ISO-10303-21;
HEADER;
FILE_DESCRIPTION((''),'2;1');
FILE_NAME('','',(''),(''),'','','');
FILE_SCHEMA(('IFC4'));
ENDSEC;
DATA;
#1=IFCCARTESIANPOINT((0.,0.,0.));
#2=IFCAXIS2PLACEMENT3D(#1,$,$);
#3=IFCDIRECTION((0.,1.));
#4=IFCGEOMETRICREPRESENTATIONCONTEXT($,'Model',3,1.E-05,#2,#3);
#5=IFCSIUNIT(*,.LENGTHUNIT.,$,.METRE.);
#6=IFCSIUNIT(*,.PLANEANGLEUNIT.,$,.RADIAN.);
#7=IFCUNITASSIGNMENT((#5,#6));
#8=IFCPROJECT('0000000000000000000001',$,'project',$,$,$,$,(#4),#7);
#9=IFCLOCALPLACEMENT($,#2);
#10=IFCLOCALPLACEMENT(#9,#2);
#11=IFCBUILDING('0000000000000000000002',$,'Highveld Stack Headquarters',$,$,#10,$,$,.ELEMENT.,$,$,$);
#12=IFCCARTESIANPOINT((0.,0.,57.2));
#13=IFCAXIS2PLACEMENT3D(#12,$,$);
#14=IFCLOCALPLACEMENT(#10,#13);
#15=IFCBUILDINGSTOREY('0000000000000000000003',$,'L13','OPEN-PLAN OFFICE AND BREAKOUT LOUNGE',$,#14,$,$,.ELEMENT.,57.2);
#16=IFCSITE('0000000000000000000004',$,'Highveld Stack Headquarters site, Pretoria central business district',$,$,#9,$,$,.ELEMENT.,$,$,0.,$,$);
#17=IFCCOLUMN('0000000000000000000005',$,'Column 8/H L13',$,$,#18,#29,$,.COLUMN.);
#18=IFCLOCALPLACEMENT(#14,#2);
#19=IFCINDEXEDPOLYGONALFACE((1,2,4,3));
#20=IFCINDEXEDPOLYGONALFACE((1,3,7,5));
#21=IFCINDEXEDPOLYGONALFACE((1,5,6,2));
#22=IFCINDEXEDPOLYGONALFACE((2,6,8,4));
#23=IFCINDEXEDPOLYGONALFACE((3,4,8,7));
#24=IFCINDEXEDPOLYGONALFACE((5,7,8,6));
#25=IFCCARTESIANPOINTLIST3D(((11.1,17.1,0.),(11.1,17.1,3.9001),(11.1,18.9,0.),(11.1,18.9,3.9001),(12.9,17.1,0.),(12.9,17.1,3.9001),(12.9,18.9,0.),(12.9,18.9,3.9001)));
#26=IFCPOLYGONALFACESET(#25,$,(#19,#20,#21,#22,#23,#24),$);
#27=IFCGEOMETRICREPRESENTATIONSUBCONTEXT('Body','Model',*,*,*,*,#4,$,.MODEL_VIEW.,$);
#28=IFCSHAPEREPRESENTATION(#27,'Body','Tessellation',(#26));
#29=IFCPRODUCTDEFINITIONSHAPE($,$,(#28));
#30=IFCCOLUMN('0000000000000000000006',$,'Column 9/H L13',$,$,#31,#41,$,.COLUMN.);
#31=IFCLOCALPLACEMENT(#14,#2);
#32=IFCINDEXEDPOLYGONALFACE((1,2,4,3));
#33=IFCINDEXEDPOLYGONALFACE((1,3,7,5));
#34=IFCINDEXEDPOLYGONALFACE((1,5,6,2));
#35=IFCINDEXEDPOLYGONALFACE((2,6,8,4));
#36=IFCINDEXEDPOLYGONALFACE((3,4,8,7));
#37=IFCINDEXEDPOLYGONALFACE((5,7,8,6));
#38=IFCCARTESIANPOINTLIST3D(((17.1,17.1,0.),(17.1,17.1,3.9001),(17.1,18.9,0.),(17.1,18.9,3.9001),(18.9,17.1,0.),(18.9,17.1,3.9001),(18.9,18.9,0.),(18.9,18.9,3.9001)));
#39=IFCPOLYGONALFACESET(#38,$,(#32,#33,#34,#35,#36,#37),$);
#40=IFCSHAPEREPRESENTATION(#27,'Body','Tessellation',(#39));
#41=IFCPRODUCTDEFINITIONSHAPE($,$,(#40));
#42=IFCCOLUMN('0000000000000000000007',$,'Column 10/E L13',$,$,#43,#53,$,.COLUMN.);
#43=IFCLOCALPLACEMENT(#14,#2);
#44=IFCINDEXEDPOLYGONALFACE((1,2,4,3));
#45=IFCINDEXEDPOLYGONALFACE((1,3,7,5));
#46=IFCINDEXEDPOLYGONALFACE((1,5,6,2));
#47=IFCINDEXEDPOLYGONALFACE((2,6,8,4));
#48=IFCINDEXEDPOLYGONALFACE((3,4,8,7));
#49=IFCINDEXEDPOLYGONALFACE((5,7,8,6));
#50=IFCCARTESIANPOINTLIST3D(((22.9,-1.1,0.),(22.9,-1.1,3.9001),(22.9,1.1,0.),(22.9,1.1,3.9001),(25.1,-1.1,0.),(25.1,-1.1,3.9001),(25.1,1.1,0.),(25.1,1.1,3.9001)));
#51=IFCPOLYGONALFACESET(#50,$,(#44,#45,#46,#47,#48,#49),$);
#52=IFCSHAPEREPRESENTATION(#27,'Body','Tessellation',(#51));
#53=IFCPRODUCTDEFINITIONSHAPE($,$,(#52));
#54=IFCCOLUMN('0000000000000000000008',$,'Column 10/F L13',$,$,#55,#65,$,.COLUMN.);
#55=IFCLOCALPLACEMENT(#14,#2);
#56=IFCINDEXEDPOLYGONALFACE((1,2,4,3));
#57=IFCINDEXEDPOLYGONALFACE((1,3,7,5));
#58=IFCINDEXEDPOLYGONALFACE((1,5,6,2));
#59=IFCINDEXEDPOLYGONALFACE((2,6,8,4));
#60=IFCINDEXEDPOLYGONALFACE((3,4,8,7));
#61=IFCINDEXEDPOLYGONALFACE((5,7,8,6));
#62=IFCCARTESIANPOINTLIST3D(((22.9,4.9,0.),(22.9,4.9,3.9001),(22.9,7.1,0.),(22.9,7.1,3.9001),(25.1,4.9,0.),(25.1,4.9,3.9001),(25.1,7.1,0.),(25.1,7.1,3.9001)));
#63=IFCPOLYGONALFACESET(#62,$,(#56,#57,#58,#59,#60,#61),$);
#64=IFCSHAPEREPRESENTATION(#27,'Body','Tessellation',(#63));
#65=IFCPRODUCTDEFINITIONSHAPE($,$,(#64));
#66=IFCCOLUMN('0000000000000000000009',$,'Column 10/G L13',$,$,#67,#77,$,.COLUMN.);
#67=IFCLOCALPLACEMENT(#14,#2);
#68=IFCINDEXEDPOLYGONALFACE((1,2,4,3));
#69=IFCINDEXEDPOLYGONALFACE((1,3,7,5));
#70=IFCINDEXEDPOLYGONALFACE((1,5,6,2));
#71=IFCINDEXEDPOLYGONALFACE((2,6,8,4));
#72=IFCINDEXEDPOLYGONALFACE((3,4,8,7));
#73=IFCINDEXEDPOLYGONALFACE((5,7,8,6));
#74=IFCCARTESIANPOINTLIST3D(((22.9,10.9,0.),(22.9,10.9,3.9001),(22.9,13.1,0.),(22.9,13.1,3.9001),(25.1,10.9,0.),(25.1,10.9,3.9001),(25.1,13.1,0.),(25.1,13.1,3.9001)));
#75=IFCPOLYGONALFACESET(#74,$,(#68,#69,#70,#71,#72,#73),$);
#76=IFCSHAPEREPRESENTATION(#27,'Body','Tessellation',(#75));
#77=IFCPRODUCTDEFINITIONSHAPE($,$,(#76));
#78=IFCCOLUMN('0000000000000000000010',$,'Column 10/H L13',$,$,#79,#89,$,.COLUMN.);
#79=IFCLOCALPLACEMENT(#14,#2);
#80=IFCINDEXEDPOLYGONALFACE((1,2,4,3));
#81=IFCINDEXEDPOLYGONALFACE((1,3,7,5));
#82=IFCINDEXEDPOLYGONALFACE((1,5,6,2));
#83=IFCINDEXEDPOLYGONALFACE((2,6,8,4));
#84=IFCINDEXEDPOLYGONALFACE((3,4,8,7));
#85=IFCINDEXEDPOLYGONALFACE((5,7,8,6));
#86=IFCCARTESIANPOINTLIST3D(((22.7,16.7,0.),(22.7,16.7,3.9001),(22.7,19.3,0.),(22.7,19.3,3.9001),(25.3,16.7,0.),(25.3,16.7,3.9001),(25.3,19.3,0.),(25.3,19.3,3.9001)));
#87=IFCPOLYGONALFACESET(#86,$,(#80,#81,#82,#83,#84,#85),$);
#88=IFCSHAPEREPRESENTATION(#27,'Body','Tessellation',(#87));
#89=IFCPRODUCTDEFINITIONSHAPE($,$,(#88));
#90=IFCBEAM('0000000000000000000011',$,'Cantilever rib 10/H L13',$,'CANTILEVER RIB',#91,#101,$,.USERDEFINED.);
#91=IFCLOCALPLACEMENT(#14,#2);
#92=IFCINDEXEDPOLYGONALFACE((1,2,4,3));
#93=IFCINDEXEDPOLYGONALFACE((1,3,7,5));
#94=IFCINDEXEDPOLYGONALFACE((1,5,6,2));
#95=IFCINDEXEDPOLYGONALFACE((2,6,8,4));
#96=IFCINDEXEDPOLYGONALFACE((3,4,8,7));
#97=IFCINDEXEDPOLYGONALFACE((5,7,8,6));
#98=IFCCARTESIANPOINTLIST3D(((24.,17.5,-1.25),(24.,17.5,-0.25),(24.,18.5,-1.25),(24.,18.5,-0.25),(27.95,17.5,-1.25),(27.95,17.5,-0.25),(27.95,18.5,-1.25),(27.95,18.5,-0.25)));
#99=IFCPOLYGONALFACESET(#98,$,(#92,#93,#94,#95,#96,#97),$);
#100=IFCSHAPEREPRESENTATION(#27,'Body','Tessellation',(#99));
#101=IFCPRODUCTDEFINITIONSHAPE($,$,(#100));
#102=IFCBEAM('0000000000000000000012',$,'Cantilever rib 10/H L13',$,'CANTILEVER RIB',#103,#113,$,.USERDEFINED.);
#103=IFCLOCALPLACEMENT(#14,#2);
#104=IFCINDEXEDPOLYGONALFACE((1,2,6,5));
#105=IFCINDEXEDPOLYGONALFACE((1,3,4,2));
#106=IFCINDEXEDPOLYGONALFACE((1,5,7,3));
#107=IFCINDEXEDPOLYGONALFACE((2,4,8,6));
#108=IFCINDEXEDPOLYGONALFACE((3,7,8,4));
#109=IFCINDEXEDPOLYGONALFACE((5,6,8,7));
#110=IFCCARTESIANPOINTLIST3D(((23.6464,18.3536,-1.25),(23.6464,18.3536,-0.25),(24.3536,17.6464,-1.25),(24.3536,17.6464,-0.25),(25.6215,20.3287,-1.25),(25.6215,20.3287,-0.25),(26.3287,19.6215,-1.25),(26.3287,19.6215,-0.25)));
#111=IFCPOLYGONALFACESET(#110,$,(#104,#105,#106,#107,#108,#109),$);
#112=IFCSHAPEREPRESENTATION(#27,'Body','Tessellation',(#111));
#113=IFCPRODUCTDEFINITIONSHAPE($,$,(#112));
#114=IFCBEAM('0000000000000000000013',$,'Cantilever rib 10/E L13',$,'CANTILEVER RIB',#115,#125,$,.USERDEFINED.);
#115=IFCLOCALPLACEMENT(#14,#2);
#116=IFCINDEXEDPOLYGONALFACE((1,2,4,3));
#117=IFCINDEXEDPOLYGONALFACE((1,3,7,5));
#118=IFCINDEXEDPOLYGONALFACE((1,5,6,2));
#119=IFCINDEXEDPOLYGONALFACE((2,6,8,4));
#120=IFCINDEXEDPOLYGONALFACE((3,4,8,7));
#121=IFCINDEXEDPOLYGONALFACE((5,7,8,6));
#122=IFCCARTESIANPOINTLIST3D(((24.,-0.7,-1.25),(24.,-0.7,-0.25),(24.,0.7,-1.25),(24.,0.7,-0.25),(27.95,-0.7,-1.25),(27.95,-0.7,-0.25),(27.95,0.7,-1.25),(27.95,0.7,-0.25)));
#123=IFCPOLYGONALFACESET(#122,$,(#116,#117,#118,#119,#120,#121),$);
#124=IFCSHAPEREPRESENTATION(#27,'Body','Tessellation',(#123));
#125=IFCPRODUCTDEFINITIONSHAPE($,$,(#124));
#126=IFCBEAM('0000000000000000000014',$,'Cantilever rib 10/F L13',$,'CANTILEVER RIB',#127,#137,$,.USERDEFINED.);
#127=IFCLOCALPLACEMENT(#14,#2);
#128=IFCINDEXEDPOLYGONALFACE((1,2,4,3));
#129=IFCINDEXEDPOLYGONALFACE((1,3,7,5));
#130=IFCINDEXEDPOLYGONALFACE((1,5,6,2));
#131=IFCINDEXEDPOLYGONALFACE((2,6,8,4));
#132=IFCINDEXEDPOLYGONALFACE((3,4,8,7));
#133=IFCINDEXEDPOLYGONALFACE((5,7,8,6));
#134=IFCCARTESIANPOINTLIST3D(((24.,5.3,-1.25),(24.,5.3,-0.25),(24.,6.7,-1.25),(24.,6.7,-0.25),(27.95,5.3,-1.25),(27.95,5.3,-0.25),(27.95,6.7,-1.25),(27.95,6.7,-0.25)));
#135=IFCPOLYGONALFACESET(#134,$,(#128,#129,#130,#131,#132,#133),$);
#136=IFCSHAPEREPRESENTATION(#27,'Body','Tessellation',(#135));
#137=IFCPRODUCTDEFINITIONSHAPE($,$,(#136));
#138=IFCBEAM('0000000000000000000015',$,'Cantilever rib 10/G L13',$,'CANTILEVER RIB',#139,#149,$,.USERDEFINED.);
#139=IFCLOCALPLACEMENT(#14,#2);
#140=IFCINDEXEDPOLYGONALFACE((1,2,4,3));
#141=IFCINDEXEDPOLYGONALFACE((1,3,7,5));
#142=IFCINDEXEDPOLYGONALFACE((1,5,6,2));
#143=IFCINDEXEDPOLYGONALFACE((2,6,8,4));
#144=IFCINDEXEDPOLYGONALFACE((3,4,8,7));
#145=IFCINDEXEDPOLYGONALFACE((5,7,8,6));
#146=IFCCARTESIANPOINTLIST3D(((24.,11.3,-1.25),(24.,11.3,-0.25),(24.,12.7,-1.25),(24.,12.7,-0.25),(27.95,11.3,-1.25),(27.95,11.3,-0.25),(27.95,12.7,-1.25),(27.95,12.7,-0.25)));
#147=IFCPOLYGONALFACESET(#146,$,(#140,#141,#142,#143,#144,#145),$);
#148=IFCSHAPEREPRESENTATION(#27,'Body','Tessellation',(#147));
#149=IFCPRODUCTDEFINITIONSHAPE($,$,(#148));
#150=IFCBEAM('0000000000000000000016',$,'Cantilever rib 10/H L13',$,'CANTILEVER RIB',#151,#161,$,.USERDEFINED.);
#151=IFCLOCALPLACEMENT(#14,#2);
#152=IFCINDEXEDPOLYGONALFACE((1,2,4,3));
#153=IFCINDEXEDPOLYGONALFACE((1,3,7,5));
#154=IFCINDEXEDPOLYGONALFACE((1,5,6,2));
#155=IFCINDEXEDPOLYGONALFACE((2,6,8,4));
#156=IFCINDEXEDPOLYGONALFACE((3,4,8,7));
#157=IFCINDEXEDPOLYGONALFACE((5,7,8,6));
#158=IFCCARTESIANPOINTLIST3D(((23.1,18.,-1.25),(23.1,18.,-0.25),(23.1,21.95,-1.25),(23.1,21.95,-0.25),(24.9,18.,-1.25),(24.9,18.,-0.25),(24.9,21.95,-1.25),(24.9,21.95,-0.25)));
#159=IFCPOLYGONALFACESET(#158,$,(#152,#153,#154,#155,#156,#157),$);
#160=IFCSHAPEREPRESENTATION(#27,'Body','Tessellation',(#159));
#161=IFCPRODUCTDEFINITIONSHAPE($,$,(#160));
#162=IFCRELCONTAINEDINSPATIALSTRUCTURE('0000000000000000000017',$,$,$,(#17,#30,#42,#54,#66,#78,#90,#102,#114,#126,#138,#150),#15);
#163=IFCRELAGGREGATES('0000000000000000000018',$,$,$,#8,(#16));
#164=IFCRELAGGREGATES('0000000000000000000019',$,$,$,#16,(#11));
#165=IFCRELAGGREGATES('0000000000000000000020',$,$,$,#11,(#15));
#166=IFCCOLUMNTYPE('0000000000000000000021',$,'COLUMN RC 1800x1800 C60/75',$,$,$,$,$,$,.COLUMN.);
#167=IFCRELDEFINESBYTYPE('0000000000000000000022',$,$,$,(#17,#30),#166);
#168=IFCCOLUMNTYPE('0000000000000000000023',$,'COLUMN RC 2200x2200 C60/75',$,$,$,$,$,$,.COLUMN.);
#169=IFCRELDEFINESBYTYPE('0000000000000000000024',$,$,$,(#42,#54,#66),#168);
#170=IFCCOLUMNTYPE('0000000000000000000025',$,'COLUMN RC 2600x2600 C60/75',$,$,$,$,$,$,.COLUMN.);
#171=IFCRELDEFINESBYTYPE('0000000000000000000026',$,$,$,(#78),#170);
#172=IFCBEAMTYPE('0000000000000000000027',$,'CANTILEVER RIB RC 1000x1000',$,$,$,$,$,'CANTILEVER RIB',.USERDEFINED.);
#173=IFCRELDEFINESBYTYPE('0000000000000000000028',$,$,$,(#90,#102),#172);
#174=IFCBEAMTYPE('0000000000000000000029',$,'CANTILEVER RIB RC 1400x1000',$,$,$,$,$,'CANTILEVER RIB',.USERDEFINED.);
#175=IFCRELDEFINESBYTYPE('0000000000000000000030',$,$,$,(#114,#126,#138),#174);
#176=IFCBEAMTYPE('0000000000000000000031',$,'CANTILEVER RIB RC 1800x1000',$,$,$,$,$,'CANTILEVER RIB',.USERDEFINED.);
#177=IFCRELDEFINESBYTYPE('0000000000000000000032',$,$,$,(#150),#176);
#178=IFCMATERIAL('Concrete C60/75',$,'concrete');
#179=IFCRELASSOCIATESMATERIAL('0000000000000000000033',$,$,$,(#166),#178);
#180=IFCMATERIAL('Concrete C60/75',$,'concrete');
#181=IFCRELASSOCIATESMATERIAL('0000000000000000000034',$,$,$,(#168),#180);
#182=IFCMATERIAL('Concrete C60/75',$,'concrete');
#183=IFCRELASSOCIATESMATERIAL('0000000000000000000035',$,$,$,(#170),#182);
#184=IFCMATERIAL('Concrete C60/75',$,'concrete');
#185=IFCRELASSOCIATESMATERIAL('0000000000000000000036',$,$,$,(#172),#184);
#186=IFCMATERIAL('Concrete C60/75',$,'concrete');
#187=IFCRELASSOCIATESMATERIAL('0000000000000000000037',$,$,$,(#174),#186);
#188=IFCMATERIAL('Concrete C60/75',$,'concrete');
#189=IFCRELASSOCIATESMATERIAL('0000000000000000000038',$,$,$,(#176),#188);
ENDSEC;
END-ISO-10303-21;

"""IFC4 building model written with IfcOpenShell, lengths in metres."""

from ifc_helpers import new_model, si_unit, direction, frame, origin, origin_2d, place, context, subcontext, project, spatial, rectangle, extrude, material, material_profile, profile_set, type_object, element, save


model = new_model("IFC4")

# Units and contexts
model_context = context("Model", 3, precision=1e-05, world=origin(), true_north=direction((0.0, 1.0)))
body_context = subcontext(model_context, "Body", "Model", "MODEL_VIEW")
ifc_project = project(units=[si_unit("LENGTHUNIT", "METRE"), si_unit("PLANEANGLEUNIT", "RADIAN")], contexts=[model_context])

# Site, building, storey
site_placement = place(None, origin())
site = spatial("IfcSite", under=ifc_project, at=site_placement, Name="Highveld Stack Headquarters site, Pretoria central business district", CompositionType="ELEMENT", RefElevation=0.0)
building_placement = place(site_placement, origin())
building = spatial("IfcBuilding", under=site, at=building_placement, Name="Highveld Stack Headquarters", CompositionType="ELEMENT")
storey_placement = place(building_placement, frame((0.0, 0.0, 57.2)))
storey = spatial("IfcBuildingStorey", under=building, at=storey_placement, Name="L13", Description="OPEN-PLAN OFFICE AND BREAKOUT LOUNGE", CompositionType="ELEMENT", Elevation=57.2)

# Columns
ifc_material_1 = material(Name="Concrete C60/75", Category="concrete")
ifc_material_profile_1 = material_profile(ifc_material_1, rectangle(XDim=1.8, YDim=1.8, at=origin_2d()), Name="RC 1800x1800")
ifc_profile_set_1 = profile_set([ifc_material_profile_1], Name="Concrete C60/75")
column_type_1 = type_object("IfcColumnType", Name="COLUMN RC 1800x1800 C60/75", PredefinedType="COLUMN", material=ifc_profile_set_1)
for number, where, z_axis, x_axis, name in (
    (1, (12.0, 18.0, 0.0), (0.0, 0.0, 1.0), (1.0, 0.0, 0.0), "Column 8/H L13"),
    (2, (18.0, 18.0, 0.0), (0.0, 0.0, 1.0), (1.0, 0.0, 0.0), "Column 9/H L13"),
):
    element("IfcColumn", number, at=place(storey_placement, frame(where, z_axis=z_axis, x_axis=x_axis)), inside=storey, type_object=column_type_1, Name=name, PredefinedType="COLUMN", context=body_context, shape_type="SweptSolid", body=[
        extrude(rectangle(XDim=1.8, YDim=1.8, at=origin_2d()), origin(), (0.0, 0.0, 1.0), 3.9001),
    ])
ifc_material_2 = material(Name="Concrete C60/75", Category="concrete")
ifc_material_profile_2 = material_profile(ifc_material_2, rectangle(XDim=2.2, YDim=2.2, at=origin_2d()), Name="RC 2200x2200")
ifc_profile_set_2 = profile_set([ifc_material_profile_2], Name="Concrete C60/75")
column_type_2 = type_object("IfcColumnType", Name="COLUMN RC 2200x2200 C60/75", PredefinedType="COLUMN", material=ifc_profile_set_2)
for number, where, z_axis, x_axis, name in (
    (3, (24.0, 0.0, 0.0), (0.0, 0.0, 1.0), (1.0, 0.0, 0.0), "Column 10/E L13"),
    (4, (24.0, 6.0, 0.0), (0.0, 0.0, 1.0), (1.0, 0.0, 0.0), "Column 10/F L13"),
    (5, (24.0, 12.0, 0.0), (0.0, 0.0, 1.0), (1.0, 0.0, 0.0), "Column 10/G L13"),
):
    element("IfcColumn", number, at=place(storey_placement, frame(where, z_axis=z_axis, x_axis=x_axis)), inside=storey, type_object=column_type_2, Name=name, PredefinedType="COLUMN", context=body_context, shape_type="SweptSolid", body=[
        extrude(rectangle(XDim=2.2, YDim=2.2, at=origin_2d()), origin(), (0.0, 0.0, 1.0), 3.9001),
    ])
ifc_material_3 = material(Name="Concrete C60/75", Category="concrete")
ifc_material_profile_3 = material_profile(ifc_material_3, rectangle(XDim=2.6001, YDim=2.6001, at=origin_2d()), Name="RC 2600x2600")
ifc_profile_set_3 = profile_set([ifc_material_profile_3], Name="Concrete C60/75")
column_type_3 = type_object("IfcColumnType", Name="COLUMN RC 2600x2600 C60/75", PredefinedType="COLUMN", material=ifc_profile_set_3)
column_placement = place(storey_placement, frame((24.0, 18.0, 0.0), z_axis=(0.0, 0.0, 1.0), x_axis=(1.0, 0.0, 0.0)))
element("IfcColumn", 6, at=column_placement, inside=storey, type_object=column_type_3, Name="Column 10/H L13", PredefinedType="COLUMN", context=body_context, shape_type="SweptSolid", body=[
    extrude(rectangle(XDim=2.6001, YDim=2.6001, at=origin_2d()), origin(), (0.0, 0.0, 1.0), 3.9001),
])

# Beams
ifc_material_4 = material(Name="Concrete C60/75", Category="concrete")
ifc_material_profile_4 = material_profile(ifc_material_4, rectangle(XDim=1.0, YDim=1.0, at=origin_2d()), Name="RC 1000x1000")
ifc_profile_set_4 = profile_set([ifc_material_profile_4], Name="Concrete C60/75")
beam_type_1 = type_object("IfcBeamType", Name="CANTILEVER RIB RC 1000x1000", ElementType="CANTILEVER RIB", PredefinedType="USERDEFINED", material=ifc_profile_set_4)
beam_1_placement = place(storey_placement, frame((24.0, 18.0, -0.75), z_axis=(1.0, 0.0, 0.0), x_axis=(0.0, 1.0, 0.0)))
element("IfcBeam", 7, at=beam_1_placement, inside=storey, type_object=beam_type_1, Name="Cantilever rib 10/H L13", ObjectType="CANTILEVER RIB", PredefinedType="USERDEFINED", context=body_context, shape_type="SweptSolid", body=[
    extrude(rectangle(XDim=1.0, YDim=1.0, at=origin_2d()), origin(), (0.0, 0.0, 1.0), 3.95),
])
beam_2_placement = place(storey_placement, frame((24.0, 18.0, -0.75), z_axis=(0.707107, 0.707107, 0.0), x_axis=(-0.707107, 0.707107, 0.0)))
element("IfcBeam", 8, at=beam_2_placement, inside=storey, type_object=beam_type_1, Name="Cantilever rib 10/H L13", ObjectType="CANTILEVER RIB", PredefinedType="USERDEFINED", context=body_context, shape_type="SweptSolid", body=[
    extrude(rectangle(XDim=1.0, YDim=1.0, at=origin_2d()), origin(), (0.0, 0.0, 1.0), 2.7932),
])
ifc_material_5 = material(Name="Concrete C60/75", Category="concrete")
ifc_material_profile_5 = material_profile(ifc_material_5, rectangle(XDim=1.3999, YDim=1.0, at=origin_2d()), Name="RC 1400x1000")
ifc_profile_set_5 = profile_set([ifc_material_profile_5], Name="Concrete C60/75")
beam_type_2 = type_object("IfcBeamType", Name="CANTILEVER RIB RC 1400x1000", ElementType="CANTILEVER RIB", PredefinedType="USERDEFINED", material=ifc_profile_set_5)
for number, where, z_axis, x_axis, name in (
    (9, (24.0, 0.0, -0.75), (1.0, 0.0, 0.0), (0.0, 1.0, 0.0), "Cantilever rib 10/E L13"),
    (10, (24.0, 6.0, -0.75), (1.0, 0.0, 0.0), (0.0, 1.0, 0.0), "Cantilever rib 10/F L13"),
    (11, (24.0, 12.0, -0.75), (1.0, 0.0, 0.0), (0.0, 1.0, 0.0), "Cantilever rib 10/G L13"),
):
    element("IfcBeam", number, at=place(storey_placement, frame(where, z_axis=z_axis, x_axis=x_axis)), inside=storey, type_object=beam_type_2, Name=name, ObjectType="CANTILEVER RIB", PredefinedType="USERDEFINED", context=body_context, shape_type="SweptSolid", body=[
        extrude(rectangle(XDim=1.3999, YDim=1.0, at=origin_2d()), origin(), (0.0, 0.0, 1.0), 3.95),
    ])
ifc_material_6 = material(Name="Concrete C60/75", Category="concrete")
ifc_material_profile_6 = material_profile(ifc_material_6, rectangle(XDim=1.8, YDim=1.0, at=origin_2d()), Name="RC 1800x1000")
ifc_profile_set_6 = profile_set([ifc_material_profile_6], Name="Concrete C60/75")
beam_type_3 = type_object("IfcBeamType", Name="CANTILEVER RIB RC 1800x1000", ElementType="CANTILEVER RIB", PredefinedType="USERDEFINED", material=ifc_profile_set_6)
beam_3_placement = place(storey_placement, frame((24.0, 18.0, -0.75), z_axis=(0.0, 1.0, 0.0), x_axis=(-1.0, 0.0, 0.0)))
element("IfcBeam", 12, at=beam_3_placement, inside=storey, type_object=beam_type_3, Name="Cantilever rib 10/H L13", ObjectType="CANTILEVER RIB", PredefinedType="USERDEFINED", context=body_context, shape_type="SweptSolid", body=[
    extrude(rectangle(XDim=1.8, YDim=1.0, at=origin_2d()), origin(), (0.0, 0.0, 1.0), 3.95),
])

save(model, "model.ifc")
